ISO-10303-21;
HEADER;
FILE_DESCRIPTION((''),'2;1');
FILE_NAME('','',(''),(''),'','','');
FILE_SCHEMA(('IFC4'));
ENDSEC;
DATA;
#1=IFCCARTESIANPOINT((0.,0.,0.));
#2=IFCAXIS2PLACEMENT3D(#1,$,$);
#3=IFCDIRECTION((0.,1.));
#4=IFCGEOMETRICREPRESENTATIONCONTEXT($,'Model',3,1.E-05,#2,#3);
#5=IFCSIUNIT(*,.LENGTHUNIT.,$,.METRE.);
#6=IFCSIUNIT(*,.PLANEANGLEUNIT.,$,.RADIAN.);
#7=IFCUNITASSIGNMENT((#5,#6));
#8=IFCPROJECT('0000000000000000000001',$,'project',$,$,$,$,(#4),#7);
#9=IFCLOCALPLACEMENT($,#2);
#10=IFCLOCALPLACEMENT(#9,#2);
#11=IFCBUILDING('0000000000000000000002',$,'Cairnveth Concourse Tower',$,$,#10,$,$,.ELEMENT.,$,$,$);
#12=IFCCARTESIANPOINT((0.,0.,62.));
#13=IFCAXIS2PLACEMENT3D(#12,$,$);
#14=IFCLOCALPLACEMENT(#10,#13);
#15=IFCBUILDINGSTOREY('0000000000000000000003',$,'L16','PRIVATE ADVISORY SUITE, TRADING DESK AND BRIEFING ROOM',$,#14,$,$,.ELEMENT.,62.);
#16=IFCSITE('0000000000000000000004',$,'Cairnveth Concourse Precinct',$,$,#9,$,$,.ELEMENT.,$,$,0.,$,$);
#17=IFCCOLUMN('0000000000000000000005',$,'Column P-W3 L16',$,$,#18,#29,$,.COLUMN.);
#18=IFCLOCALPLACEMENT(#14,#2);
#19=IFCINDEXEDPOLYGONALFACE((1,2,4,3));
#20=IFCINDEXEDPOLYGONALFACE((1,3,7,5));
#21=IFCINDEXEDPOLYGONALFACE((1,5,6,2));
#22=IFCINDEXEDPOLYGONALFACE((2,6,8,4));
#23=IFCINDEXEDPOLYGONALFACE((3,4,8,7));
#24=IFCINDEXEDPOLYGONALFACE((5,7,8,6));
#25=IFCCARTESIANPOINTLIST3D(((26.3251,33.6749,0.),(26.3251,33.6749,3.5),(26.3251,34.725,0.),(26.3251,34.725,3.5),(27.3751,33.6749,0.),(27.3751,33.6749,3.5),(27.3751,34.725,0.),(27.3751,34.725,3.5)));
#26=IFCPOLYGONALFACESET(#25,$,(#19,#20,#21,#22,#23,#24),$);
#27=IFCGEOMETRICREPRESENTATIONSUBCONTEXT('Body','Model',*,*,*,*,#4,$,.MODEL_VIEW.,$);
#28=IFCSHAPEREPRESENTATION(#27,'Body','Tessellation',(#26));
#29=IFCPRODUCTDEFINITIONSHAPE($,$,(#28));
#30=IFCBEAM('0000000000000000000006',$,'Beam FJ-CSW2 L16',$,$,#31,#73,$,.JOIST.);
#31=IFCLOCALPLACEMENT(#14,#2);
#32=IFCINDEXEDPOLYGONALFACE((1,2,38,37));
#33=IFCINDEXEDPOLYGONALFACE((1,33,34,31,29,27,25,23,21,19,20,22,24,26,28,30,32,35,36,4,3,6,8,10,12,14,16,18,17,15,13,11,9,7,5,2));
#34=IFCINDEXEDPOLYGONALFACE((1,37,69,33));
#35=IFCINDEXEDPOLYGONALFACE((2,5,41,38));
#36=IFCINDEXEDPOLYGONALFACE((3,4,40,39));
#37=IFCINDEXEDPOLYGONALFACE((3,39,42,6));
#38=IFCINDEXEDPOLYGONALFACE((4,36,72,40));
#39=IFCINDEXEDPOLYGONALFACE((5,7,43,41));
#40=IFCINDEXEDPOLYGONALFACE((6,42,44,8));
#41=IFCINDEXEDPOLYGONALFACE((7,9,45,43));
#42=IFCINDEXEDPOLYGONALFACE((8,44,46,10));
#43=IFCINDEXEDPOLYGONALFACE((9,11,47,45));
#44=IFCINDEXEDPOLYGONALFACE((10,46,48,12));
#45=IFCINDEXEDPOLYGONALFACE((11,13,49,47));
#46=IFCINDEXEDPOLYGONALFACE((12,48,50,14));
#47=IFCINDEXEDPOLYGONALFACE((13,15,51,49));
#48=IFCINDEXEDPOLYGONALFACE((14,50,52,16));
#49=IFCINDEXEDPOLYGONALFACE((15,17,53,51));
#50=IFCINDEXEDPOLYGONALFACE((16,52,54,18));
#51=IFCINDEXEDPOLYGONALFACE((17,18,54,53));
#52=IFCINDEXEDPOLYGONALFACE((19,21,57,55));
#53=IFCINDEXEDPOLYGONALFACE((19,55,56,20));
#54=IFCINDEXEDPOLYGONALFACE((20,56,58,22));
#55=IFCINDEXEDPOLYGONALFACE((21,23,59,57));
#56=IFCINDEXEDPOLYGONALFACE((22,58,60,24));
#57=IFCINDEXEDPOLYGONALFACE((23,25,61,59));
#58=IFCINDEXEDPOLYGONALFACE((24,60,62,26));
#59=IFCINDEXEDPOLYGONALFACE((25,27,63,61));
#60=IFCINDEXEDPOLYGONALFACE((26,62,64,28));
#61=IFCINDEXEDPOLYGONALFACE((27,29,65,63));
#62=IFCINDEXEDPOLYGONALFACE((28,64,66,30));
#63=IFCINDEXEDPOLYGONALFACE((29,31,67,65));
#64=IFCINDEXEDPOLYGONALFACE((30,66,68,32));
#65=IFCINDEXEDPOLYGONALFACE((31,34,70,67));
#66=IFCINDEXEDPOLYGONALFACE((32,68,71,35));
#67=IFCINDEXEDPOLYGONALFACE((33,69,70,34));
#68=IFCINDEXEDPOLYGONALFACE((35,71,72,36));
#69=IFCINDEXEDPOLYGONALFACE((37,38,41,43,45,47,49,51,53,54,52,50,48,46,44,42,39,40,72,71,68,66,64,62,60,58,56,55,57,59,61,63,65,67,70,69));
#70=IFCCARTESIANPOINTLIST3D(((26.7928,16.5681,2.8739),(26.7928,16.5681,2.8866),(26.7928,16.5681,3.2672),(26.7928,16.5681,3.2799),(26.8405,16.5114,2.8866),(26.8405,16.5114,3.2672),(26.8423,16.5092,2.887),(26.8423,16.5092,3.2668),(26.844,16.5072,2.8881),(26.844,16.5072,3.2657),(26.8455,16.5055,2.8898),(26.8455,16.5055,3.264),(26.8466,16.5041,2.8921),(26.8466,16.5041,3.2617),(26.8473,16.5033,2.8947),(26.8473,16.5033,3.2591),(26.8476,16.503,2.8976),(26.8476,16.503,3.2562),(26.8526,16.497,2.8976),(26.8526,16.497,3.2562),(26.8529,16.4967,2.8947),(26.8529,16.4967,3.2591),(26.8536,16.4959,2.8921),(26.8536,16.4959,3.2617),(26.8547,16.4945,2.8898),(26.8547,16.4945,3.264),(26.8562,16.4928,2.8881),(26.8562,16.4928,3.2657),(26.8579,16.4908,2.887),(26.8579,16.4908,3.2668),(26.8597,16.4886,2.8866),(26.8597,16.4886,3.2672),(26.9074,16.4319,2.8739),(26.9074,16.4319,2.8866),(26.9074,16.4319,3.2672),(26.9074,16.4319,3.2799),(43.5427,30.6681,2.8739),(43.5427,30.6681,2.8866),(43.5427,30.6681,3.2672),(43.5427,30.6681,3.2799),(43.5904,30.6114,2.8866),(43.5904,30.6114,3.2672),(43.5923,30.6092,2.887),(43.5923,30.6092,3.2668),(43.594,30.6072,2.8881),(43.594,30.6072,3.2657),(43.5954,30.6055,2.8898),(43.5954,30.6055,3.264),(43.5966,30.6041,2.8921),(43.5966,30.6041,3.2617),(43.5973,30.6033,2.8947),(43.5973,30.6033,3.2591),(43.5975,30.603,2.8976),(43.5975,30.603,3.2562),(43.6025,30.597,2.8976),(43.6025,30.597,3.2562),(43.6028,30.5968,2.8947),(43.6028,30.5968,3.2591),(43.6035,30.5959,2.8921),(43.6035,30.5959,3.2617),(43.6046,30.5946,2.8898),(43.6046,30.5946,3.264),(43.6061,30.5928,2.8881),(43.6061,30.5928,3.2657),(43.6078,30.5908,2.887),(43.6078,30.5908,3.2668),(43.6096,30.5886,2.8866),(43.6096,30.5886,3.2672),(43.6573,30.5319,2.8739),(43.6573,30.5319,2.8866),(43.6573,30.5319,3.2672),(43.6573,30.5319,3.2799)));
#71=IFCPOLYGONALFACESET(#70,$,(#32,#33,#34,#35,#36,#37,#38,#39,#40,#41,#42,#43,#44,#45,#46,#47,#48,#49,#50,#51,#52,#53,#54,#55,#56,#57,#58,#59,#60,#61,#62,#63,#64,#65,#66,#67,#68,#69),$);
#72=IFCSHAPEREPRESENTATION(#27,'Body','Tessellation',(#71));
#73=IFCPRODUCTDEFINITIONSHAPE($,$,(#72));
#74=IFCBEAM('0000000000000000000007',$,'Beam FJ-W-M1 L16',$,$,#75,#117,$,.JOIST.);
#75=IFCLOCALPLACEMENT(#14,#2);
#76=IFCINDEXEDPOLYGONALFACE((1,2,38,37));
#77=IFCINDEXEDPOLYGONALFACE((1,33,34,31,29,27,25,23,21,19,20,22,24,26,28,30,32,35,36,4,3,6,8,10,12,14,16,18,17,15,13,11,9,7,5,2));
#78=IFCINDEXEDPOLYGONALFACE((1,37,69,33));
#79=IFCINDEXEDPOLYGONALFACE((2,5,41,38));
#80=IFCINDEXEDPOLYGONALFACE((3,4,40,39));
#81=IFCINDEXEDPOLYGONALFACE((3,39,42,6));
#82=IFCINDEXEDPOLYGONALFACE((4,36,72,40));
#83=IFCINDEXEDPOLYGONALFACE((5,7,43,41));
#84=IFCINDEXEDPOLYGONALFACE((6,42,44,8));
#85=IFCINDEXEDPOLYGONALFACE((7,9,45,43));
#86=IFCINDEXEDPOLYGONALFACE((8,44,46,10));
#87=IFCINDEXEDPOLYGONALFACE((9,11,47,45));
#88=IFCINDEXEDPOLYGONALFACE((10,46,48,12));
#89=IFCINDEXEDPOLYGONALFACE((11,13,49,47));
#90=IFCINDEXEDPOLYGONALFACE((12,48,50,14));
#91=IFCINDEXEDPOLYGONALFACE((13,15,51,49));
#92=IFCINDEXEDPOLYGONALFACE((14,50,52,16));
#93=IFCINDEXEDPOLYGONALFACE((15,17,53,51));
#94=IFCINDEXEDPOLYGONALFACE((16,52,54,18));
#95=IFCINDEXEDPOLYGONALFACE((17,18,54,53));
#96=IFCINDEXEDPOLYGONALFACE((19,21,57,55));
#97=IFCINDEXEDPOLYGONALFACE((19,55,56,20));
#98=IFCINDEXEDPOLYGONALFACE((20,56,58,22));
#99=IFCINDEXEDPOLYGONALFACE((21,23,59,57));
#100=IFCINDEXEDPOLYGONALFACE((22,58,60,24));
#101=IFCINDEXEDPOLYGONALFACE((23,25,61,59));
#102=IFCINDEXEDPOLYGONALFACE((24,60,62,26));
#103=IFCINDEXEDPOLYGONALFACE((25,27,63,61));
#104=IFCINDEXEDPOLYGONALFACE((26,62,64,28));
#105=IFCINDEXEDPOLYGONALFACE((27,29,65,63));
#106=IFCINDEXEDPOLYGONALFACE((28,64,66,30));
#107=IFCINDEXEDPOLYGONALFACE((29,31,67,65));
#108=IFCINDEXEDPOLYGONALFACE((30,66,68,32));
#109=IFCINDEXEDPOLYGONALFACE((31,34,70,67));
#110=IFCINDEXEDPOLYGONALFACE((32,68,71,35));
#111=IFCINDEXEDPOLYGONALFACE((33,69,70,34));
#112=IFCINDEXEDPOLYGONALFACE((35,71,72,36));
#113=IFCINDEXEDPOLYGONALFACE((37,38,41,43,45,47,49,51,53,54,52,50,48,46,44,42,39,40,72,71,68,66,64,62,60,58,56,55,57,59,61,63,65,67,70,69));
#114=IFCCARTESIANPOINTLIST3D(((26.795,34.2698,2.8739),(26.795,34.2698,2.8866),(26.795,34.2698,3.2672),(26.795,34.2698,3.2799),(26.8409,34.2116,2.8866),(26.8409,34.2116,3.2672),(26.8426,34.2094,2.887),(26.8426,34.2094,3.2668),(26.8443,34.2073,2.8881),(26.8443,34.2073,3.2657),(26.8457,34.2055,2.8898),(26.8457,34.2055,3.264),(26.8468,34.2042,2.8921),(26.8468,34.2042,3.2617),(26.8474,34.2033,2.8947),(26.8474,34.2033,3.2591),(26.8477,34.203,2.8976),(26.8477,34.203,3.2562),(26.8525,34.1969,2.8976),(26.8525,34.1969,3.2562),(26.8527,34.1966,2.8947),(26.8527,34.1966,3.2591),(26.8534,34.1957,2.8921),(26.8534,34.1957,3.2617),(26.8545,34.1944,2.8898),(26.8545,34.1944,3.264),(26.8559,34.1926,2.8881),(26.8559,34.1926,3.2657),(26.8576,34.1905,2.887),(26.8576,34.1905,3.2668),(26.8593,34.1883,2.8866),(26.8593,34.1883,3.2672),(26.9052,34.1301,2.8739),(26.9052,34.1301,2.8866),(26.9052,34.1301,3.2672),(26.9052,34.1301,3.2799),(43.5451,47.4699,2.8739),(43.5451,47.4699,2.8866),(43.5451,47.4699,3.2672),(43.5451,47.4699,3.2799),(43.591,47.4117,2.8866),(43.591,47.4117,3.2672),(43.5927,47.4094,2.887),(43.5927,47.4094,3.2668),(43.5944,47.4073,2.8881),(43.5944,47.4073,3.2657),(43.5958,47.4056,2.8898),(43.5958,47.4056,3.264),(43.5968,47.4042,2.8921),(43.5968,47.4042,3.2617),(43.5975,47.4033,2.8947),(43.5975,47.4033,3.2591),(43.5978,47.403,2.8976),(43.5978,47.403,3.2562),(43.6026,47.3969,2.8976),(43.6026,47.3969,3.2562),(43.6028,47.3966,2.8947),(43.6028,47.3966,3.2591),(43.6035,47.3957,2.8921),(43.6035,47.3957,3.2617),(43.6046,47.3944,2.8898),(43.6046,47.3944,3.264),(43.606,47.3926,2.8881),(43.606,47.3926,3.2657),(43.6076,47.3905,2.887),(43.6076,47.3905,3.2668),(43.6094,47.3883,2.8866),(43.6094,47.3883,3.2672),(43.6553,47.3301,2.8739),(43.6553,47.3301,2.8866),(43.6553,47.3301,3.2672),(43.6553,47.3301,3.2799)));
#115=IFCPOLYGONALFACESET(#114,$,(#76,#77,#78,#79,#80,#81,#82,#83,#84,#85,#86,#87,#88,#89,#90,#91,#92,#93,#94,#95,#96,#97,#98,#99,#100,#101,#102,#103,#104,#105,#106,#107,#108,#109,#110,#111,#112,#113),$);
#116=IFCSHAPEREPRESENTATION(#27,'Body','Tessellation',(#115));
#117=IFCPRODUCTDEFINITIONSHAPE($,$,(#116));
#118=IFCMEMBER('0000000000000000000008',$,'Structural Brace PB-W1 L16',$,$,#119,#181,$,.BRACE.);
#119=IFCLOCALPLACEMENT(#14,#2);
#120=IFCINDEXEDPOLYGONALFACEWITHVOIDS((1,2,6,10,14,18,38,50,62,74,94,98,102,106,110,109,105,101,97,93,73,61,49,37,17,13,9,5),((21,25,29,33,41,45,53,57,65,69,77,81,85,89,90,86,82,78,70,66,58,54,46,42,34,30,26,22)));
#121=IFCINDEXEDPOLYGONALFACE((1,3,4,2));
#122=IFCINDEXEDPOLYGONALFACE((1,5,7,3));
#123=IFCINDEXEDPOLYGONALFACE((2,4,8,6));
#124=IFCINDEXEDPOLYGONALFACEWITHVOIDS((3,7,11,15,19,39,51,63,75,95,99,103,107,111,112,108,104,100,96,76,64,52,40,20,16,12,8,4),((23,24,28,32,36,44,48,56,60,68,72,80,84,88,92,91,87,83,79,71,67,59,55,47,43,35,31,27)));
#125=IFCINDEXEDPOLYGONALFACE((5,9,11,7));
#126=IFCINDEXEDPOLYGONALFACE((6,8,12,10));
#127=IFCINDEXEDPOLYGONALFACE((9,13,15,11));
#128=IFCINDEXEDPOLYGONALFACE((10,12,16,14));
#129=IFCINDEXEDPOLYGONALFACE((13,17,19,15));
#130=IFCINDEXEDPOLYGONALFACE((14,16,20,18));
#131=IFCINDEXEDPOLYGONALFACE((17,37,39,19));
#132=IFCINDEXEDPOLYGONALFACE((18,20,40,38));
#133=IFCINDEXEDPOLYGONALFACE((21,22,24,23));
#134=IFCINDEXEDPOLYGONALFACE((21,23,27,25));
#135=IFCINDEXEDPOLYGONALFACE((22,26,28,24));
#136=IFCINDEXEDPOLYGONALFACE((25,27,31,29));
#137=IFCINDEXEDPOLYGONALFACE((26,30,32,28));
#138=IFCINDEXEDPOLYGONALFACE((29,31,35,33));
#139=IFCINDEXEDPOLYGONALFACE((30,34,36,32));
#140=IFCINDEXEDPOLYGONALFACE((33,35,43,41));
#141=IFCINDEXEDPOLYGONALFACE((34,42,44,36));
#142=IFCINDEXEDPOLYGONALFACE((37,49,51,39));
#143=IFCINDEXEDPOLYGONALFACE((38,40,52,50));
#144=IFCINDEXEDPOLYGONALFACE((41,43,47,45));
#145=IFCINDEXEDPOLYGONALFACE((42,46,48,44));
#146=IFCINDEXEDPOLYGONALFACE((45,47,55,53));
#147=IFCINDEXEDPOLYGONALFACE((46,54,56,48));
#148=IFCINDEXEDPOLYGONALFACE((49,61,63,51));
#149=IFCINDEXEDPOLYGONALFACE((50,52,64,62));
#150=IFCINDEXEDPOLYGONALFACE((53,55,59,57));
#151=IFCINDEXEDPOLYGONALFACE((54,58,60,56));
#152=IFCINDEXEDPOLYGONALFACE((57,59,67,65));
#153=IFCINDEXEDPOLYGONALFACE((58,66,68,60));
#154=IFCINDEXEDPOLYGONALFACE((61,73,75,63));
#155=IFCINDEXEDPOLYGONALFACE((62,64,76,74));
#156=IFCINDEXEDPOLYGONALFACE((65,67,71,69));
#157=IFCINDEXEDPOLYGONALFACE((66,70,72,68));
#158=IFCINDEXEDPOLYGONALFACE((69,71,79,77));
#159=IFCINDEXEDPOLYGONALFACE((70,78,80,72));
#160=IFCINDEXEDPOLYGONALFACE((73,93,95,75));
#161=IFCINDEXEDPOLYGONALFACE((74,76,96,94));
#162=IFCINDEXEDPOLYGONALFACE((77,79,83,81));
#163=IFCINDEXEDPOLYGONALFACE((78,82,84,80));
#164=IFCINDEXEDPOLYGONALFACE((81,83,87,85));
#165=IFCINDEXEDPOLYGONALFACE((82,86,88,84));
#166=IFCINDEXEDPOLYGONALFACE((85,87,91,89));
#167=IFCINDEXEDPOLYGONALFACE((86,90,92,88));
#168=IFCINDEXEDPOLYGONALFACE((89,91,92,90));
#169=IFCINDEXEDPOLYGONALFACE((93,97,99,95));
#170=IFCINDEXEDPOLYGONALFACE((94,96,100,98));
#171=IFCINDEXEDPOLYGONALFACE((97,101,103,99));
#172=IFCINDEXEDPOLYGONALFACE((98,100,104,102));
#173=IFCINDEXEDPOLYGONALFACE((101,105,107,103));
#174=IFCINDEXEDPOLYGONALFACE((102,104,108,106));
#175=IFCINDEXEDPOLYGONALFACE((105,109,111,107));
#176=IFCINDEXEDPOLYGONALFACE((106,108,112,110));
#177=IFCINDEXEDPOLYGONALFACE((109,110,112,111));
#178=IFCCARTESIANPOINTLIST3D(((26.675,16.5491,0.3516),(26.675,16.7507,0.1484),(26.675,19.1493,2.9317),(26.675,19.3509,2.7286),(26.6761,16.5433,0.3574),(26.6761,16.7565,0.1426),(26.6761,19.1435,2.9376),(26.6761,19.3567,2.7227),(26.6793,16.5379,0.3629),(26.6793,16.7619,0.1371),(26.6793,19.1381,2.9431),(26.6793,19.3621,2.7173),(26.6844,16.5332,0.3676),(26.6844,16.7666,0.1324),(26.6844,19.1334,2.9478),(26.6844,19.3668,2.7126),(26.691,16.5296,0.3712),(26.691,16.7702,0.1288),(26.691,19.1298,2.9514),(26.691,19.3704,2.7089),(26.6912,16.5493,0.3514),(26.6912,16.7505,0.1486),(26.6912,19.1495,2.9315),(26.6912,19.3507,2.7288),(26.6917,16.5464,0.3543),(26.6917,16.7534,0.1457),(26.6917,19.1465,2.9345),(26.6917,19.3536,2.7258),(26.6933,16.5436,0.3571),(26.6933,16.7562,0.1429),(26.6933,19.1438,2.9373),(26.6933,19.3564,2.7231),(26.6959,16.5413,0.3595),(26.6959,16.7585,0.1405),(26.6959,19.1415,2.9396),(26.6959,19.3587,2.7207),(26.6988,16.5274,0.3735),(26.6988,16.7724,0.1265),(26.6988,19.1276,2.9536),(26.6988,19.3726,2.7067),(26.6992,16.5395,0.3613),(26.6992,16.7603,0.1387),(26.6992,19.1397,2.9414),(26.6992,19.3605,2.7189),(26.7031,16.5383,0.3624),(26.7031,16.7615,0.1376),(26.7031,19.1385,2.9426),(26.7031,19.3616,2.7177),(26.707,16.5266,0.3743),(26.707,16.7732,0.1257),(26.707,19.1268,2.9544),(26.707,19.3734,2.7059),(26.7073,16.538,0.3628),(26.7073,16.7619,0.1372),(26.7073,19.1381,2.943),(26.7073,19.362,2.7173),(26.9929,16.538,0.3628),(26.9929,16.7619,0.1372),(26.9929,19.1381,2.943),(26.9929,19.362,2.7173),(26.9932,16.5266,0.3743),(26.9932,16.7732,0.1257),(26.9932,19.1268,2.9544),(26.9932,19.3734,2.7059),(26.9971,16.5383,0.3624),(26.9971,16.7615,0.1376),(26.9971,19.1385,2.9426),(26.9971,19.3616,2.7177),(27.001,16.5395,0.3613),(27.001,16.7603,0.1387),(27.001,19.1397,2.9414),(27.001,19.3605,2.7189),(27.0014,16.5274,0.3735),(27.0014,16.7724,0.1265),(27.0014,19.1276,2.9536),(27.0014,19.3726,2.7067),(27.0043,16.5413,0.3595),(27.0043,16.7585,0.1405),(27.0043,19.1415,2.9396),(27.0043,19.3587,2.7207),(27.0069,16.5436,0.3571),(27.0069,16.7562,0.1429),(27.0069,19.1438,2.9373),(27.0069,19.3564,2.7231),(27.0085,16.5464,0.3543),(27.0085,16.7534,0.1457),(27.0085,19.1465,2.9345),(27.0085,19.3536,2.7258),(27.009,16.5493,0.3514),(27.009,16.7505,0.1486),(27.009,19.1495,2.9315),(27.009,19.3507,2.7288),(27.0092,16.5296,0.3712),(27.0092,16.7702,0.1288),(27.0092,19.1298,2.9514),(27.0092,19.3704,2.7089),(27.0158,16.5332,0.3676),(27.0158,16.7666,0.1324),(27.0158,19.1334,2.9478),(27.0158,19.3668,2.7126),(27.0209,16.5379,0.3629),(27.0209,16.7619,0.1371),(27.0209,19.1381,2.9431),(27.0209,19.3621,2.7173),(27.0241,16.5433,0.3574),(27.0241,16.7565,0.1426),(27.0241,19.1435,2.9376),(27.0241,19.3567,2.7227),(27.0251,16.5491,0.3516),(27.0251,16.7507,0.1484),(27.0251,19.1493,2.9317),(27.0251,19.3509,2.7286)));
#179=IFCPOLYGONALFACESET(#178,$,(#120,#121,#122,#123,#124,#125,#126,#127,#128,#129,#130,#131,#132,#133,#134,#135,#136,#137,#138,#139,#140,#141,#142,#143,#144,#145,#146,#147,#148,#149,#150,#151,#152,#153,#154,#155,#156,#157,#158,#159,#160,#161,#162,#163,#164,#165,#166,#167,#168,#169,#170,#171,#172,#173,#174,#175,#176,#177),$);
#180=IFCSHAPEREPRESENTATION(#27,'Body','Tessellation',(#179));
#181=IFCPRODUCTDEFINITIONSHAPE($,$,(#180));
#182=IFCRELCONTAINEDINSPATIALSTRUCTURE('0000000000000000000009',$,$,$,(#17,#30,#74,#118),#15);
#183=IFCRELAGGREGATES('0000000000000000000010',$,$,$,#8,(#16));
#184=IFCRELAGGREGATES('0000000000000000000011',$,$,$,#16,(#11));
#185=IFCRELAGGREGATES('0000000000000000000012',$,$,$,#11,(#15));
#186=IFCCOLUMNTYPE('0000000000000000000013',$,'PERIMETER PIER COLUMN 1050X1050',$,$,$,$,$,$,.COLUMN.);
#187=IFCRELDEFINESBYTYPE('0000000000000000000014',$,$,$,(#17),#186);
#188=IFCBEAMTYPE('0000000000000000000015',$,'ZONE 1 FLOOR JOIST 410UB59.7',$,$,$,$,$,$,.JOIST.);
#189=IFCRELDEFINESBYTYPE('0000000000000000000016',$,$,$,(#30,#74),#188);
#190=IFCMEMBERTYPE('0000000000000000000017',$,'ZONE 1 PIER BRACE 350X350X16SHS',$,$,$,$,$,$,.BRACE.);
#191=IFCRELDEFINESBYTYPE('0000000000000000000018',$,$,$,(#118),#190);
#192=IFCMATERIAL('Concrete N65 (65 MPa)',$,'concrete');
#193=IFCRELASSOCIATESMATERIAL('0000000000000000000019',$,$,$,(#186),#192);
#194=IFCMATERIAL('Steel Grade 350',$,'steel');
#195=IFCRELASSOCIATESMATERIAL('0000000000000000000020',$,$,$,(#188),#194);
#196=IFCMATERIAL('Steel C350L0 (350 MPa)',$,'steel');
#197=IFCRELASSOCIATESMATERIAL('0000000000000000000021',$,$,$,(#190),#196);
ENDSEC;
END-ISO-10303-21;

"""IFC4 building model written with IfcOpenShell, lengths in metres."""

from ifc_helpers import new_model, si_unit, direction, frame, origin, origin_2d, place, context, subcontext, project, spatial, rectangle, hollow_rectangle, i_section, extrude, material, material_profile, profile_set, type_object, element, save


model = new_model("IFC4")

# Units and contexts
model_context = context("Model", 3, precision=1e-05, world=origin(), true_north=direction((0.0, 1.0)))
body_context = subcontext(model_context, "Body", "Model", "MODEL_VIEW")
ifc_project = project(units=[si_unit("LENGTHUNIT", "METRE"), si_unit("PLANEANGLEUNIT", "RADIAN")], contexts=[model_context])

# Site, building, storey
site_placement = place(None, origin())
site = spatial("IfcSite", under=ifc_project, at=site_placement, Name="Cairnveth Concourse Precinct", CompositionType="ELEMENT", RefElevation=0.0)
building_placement = place(site_placement, origin())
building = spatial("IfcBuilding", under=site, at=building_placement, Name="Cairnveth Concourse Tower", CompositionType="ELEMENT")
storey_placement = place(building_placement, frame((0.0, 0.0, 62.0)))
storey = spatial("IfcBuildingStorey", under=building, at=storey_placement, Name="L16", Description="PRIVATE ADVISORY SUITE, TRADING DESK AND BRIEFING ROOM", CompositionType="ELEMENT", Elevation=62.0)

# Column
ifc_material_1 = material(Name="Concrete N65 (65 MPa)", Category="concrete")
ifc_material_profile_1 = material_profile(ifc_material_1, rectangle(XDim=1.05, YDim=1.05, at=origin_2d()), Name="RC-COL-1050x1050")
ifc_profile_set_1 = profile_set([ifc_material_profile_1], Name="Concrete N65 (65 MPa)")
column_type = type_object("IfcColumnType", Name="PERIMETER PIER COLUMN 1050X1050", PredefinedType="COLUMN", material=ifc_profile_set_1)
column_placement = place(storey_placement, frame((26.8501, 34.2, 0.0), z_axis=(0.0, 0.0, 1.0), x_axis=(0.0, 1.0, 0.0)))
element("IfcColumn", 1, at=column_placement, inside=storey, type_object=column_type, Name="Column P-W3 L16", PredefinedType="COLUMN", context=body_context, shape_type="SweptSolid", body=[
    extrude(rectangle(XDim=1.05, YDim=1.05, at=origin_2d()), origin(), (0.0, 0.0, 1.0), 3.5),
])

# Beams
ifc_material_2 = material(Name="Steel Grade 350", Category="steel")
ifc_material_profile_2 = material_profile(ifc_material_2, i_section(OverallWidth=0.178, OverallDepth=0.406, WebThickness=0.0078, FlangeThickness=0.0127, FilletRadius=0.011, at=origin_2d()), Name="410UB59.7")
ifc_profile_set_2 = profile_set([ifc_material_profile_2], Name="Steel Grade 350")
beam_type_1 = type_object("IfcBeamType", Name="ZONE 1 FLOOR JOIST 410UB59.7", PredefinedType="JOIST", material=ifc_profile_set_2)
beam_1_placement = place(storey_placement, frame((26.8501, 16.5, 3.0769), z_axis=(0.765027, 0.643998, 0.0), x_axis=(-0.643998, 0.765027, 0.0)))
element("IfcBeam", 2, at=beam_1_placement, inside=storey, type_object=beam_type_1, Name="Beam FJ-CSW2 L16", PredefinedType="JOIST", context=body_context, shape_type="SweptSolid", body=[
    extrude(i_section(OverallWidth=0.178, OverallDepth=0.406, WebThickness=0.0078, FlangeThickness=0.0127, FilletRadius=0.011, at=origin_2d()), origin(), (0.0, 0.0, 1.0), 21.8945),
])
beam_2_placement = place(storey_placement, frame((26.8501, 34.2, 3.0769), z_axis=(0.785424, 0.618958, 0.0), x_axis=(-0.618958, 0.785424, 0.0)))
element("IfcBeam", 3, at=beam_2_placement, inside=storey, type_object=beam_type_1, Name="Beam FJ-W-M1 L16", PredefinedType="JOIST", context=body_context, shape_type="SweptSolid", body=[
    extrude(i_section(OverallWidth=0.178, OverallDepth=0.406, WebThickness=0.0078, FlangeThickness=0.0127, FilletRadius=0.011, at=origin_2d()), origin(), (0.0, 0.0, 1.0), 21.3262),
])

# Member
ifc_material_3 = material(Name="Steel C350L0 (350 MPa)", Category="steel")
ifc_material_profile_3 = material_profile(ifc_material_3, hollow_rectangle(XDim=0.3501, YDim=0.3501, WallThickness=0.0161, InnerFilletRadius=0.0161, OuterFilletRadius=0.032, at=origin_2d()), Name="350x350x16.0SHS")
ifc_profile_set_3 = profile_set([ifc_material_profile_3], Name="Steel C350L0 (350 MPa)")
member_type = type_object("IfcMemberType", Name="ZONE 1 PIER BRACE 350X350X16SHS", PredefinedType="BRACE", material=ifc_profile_set_3)
member_placement = place(storey_placement, frame((26.8501, 16.6499, 0.25), z_axis=(0.0, 0.709834, 0.704369), x_axis=(-1.0, 0.0, 0.0)))
element("IfcMember", 4, at=member_placement, inside=storey, type_object=member_type, Name="Structural Brace PB-W1 L16", PredefinedType="BRACE", context=body_context, shape_type="SweptSolid", body=[
    extrude(hollow_rectangle(XDim=0.3501, YDim=0.3501, WallThickness=0.0161, InnerFilletRadius=0.0161, OuterFilletRadius=0.032, at=origin_2d()), origin(), (0.0, 0.0, 1.0), 3.6631),
])

save(model, "model.ifc")
